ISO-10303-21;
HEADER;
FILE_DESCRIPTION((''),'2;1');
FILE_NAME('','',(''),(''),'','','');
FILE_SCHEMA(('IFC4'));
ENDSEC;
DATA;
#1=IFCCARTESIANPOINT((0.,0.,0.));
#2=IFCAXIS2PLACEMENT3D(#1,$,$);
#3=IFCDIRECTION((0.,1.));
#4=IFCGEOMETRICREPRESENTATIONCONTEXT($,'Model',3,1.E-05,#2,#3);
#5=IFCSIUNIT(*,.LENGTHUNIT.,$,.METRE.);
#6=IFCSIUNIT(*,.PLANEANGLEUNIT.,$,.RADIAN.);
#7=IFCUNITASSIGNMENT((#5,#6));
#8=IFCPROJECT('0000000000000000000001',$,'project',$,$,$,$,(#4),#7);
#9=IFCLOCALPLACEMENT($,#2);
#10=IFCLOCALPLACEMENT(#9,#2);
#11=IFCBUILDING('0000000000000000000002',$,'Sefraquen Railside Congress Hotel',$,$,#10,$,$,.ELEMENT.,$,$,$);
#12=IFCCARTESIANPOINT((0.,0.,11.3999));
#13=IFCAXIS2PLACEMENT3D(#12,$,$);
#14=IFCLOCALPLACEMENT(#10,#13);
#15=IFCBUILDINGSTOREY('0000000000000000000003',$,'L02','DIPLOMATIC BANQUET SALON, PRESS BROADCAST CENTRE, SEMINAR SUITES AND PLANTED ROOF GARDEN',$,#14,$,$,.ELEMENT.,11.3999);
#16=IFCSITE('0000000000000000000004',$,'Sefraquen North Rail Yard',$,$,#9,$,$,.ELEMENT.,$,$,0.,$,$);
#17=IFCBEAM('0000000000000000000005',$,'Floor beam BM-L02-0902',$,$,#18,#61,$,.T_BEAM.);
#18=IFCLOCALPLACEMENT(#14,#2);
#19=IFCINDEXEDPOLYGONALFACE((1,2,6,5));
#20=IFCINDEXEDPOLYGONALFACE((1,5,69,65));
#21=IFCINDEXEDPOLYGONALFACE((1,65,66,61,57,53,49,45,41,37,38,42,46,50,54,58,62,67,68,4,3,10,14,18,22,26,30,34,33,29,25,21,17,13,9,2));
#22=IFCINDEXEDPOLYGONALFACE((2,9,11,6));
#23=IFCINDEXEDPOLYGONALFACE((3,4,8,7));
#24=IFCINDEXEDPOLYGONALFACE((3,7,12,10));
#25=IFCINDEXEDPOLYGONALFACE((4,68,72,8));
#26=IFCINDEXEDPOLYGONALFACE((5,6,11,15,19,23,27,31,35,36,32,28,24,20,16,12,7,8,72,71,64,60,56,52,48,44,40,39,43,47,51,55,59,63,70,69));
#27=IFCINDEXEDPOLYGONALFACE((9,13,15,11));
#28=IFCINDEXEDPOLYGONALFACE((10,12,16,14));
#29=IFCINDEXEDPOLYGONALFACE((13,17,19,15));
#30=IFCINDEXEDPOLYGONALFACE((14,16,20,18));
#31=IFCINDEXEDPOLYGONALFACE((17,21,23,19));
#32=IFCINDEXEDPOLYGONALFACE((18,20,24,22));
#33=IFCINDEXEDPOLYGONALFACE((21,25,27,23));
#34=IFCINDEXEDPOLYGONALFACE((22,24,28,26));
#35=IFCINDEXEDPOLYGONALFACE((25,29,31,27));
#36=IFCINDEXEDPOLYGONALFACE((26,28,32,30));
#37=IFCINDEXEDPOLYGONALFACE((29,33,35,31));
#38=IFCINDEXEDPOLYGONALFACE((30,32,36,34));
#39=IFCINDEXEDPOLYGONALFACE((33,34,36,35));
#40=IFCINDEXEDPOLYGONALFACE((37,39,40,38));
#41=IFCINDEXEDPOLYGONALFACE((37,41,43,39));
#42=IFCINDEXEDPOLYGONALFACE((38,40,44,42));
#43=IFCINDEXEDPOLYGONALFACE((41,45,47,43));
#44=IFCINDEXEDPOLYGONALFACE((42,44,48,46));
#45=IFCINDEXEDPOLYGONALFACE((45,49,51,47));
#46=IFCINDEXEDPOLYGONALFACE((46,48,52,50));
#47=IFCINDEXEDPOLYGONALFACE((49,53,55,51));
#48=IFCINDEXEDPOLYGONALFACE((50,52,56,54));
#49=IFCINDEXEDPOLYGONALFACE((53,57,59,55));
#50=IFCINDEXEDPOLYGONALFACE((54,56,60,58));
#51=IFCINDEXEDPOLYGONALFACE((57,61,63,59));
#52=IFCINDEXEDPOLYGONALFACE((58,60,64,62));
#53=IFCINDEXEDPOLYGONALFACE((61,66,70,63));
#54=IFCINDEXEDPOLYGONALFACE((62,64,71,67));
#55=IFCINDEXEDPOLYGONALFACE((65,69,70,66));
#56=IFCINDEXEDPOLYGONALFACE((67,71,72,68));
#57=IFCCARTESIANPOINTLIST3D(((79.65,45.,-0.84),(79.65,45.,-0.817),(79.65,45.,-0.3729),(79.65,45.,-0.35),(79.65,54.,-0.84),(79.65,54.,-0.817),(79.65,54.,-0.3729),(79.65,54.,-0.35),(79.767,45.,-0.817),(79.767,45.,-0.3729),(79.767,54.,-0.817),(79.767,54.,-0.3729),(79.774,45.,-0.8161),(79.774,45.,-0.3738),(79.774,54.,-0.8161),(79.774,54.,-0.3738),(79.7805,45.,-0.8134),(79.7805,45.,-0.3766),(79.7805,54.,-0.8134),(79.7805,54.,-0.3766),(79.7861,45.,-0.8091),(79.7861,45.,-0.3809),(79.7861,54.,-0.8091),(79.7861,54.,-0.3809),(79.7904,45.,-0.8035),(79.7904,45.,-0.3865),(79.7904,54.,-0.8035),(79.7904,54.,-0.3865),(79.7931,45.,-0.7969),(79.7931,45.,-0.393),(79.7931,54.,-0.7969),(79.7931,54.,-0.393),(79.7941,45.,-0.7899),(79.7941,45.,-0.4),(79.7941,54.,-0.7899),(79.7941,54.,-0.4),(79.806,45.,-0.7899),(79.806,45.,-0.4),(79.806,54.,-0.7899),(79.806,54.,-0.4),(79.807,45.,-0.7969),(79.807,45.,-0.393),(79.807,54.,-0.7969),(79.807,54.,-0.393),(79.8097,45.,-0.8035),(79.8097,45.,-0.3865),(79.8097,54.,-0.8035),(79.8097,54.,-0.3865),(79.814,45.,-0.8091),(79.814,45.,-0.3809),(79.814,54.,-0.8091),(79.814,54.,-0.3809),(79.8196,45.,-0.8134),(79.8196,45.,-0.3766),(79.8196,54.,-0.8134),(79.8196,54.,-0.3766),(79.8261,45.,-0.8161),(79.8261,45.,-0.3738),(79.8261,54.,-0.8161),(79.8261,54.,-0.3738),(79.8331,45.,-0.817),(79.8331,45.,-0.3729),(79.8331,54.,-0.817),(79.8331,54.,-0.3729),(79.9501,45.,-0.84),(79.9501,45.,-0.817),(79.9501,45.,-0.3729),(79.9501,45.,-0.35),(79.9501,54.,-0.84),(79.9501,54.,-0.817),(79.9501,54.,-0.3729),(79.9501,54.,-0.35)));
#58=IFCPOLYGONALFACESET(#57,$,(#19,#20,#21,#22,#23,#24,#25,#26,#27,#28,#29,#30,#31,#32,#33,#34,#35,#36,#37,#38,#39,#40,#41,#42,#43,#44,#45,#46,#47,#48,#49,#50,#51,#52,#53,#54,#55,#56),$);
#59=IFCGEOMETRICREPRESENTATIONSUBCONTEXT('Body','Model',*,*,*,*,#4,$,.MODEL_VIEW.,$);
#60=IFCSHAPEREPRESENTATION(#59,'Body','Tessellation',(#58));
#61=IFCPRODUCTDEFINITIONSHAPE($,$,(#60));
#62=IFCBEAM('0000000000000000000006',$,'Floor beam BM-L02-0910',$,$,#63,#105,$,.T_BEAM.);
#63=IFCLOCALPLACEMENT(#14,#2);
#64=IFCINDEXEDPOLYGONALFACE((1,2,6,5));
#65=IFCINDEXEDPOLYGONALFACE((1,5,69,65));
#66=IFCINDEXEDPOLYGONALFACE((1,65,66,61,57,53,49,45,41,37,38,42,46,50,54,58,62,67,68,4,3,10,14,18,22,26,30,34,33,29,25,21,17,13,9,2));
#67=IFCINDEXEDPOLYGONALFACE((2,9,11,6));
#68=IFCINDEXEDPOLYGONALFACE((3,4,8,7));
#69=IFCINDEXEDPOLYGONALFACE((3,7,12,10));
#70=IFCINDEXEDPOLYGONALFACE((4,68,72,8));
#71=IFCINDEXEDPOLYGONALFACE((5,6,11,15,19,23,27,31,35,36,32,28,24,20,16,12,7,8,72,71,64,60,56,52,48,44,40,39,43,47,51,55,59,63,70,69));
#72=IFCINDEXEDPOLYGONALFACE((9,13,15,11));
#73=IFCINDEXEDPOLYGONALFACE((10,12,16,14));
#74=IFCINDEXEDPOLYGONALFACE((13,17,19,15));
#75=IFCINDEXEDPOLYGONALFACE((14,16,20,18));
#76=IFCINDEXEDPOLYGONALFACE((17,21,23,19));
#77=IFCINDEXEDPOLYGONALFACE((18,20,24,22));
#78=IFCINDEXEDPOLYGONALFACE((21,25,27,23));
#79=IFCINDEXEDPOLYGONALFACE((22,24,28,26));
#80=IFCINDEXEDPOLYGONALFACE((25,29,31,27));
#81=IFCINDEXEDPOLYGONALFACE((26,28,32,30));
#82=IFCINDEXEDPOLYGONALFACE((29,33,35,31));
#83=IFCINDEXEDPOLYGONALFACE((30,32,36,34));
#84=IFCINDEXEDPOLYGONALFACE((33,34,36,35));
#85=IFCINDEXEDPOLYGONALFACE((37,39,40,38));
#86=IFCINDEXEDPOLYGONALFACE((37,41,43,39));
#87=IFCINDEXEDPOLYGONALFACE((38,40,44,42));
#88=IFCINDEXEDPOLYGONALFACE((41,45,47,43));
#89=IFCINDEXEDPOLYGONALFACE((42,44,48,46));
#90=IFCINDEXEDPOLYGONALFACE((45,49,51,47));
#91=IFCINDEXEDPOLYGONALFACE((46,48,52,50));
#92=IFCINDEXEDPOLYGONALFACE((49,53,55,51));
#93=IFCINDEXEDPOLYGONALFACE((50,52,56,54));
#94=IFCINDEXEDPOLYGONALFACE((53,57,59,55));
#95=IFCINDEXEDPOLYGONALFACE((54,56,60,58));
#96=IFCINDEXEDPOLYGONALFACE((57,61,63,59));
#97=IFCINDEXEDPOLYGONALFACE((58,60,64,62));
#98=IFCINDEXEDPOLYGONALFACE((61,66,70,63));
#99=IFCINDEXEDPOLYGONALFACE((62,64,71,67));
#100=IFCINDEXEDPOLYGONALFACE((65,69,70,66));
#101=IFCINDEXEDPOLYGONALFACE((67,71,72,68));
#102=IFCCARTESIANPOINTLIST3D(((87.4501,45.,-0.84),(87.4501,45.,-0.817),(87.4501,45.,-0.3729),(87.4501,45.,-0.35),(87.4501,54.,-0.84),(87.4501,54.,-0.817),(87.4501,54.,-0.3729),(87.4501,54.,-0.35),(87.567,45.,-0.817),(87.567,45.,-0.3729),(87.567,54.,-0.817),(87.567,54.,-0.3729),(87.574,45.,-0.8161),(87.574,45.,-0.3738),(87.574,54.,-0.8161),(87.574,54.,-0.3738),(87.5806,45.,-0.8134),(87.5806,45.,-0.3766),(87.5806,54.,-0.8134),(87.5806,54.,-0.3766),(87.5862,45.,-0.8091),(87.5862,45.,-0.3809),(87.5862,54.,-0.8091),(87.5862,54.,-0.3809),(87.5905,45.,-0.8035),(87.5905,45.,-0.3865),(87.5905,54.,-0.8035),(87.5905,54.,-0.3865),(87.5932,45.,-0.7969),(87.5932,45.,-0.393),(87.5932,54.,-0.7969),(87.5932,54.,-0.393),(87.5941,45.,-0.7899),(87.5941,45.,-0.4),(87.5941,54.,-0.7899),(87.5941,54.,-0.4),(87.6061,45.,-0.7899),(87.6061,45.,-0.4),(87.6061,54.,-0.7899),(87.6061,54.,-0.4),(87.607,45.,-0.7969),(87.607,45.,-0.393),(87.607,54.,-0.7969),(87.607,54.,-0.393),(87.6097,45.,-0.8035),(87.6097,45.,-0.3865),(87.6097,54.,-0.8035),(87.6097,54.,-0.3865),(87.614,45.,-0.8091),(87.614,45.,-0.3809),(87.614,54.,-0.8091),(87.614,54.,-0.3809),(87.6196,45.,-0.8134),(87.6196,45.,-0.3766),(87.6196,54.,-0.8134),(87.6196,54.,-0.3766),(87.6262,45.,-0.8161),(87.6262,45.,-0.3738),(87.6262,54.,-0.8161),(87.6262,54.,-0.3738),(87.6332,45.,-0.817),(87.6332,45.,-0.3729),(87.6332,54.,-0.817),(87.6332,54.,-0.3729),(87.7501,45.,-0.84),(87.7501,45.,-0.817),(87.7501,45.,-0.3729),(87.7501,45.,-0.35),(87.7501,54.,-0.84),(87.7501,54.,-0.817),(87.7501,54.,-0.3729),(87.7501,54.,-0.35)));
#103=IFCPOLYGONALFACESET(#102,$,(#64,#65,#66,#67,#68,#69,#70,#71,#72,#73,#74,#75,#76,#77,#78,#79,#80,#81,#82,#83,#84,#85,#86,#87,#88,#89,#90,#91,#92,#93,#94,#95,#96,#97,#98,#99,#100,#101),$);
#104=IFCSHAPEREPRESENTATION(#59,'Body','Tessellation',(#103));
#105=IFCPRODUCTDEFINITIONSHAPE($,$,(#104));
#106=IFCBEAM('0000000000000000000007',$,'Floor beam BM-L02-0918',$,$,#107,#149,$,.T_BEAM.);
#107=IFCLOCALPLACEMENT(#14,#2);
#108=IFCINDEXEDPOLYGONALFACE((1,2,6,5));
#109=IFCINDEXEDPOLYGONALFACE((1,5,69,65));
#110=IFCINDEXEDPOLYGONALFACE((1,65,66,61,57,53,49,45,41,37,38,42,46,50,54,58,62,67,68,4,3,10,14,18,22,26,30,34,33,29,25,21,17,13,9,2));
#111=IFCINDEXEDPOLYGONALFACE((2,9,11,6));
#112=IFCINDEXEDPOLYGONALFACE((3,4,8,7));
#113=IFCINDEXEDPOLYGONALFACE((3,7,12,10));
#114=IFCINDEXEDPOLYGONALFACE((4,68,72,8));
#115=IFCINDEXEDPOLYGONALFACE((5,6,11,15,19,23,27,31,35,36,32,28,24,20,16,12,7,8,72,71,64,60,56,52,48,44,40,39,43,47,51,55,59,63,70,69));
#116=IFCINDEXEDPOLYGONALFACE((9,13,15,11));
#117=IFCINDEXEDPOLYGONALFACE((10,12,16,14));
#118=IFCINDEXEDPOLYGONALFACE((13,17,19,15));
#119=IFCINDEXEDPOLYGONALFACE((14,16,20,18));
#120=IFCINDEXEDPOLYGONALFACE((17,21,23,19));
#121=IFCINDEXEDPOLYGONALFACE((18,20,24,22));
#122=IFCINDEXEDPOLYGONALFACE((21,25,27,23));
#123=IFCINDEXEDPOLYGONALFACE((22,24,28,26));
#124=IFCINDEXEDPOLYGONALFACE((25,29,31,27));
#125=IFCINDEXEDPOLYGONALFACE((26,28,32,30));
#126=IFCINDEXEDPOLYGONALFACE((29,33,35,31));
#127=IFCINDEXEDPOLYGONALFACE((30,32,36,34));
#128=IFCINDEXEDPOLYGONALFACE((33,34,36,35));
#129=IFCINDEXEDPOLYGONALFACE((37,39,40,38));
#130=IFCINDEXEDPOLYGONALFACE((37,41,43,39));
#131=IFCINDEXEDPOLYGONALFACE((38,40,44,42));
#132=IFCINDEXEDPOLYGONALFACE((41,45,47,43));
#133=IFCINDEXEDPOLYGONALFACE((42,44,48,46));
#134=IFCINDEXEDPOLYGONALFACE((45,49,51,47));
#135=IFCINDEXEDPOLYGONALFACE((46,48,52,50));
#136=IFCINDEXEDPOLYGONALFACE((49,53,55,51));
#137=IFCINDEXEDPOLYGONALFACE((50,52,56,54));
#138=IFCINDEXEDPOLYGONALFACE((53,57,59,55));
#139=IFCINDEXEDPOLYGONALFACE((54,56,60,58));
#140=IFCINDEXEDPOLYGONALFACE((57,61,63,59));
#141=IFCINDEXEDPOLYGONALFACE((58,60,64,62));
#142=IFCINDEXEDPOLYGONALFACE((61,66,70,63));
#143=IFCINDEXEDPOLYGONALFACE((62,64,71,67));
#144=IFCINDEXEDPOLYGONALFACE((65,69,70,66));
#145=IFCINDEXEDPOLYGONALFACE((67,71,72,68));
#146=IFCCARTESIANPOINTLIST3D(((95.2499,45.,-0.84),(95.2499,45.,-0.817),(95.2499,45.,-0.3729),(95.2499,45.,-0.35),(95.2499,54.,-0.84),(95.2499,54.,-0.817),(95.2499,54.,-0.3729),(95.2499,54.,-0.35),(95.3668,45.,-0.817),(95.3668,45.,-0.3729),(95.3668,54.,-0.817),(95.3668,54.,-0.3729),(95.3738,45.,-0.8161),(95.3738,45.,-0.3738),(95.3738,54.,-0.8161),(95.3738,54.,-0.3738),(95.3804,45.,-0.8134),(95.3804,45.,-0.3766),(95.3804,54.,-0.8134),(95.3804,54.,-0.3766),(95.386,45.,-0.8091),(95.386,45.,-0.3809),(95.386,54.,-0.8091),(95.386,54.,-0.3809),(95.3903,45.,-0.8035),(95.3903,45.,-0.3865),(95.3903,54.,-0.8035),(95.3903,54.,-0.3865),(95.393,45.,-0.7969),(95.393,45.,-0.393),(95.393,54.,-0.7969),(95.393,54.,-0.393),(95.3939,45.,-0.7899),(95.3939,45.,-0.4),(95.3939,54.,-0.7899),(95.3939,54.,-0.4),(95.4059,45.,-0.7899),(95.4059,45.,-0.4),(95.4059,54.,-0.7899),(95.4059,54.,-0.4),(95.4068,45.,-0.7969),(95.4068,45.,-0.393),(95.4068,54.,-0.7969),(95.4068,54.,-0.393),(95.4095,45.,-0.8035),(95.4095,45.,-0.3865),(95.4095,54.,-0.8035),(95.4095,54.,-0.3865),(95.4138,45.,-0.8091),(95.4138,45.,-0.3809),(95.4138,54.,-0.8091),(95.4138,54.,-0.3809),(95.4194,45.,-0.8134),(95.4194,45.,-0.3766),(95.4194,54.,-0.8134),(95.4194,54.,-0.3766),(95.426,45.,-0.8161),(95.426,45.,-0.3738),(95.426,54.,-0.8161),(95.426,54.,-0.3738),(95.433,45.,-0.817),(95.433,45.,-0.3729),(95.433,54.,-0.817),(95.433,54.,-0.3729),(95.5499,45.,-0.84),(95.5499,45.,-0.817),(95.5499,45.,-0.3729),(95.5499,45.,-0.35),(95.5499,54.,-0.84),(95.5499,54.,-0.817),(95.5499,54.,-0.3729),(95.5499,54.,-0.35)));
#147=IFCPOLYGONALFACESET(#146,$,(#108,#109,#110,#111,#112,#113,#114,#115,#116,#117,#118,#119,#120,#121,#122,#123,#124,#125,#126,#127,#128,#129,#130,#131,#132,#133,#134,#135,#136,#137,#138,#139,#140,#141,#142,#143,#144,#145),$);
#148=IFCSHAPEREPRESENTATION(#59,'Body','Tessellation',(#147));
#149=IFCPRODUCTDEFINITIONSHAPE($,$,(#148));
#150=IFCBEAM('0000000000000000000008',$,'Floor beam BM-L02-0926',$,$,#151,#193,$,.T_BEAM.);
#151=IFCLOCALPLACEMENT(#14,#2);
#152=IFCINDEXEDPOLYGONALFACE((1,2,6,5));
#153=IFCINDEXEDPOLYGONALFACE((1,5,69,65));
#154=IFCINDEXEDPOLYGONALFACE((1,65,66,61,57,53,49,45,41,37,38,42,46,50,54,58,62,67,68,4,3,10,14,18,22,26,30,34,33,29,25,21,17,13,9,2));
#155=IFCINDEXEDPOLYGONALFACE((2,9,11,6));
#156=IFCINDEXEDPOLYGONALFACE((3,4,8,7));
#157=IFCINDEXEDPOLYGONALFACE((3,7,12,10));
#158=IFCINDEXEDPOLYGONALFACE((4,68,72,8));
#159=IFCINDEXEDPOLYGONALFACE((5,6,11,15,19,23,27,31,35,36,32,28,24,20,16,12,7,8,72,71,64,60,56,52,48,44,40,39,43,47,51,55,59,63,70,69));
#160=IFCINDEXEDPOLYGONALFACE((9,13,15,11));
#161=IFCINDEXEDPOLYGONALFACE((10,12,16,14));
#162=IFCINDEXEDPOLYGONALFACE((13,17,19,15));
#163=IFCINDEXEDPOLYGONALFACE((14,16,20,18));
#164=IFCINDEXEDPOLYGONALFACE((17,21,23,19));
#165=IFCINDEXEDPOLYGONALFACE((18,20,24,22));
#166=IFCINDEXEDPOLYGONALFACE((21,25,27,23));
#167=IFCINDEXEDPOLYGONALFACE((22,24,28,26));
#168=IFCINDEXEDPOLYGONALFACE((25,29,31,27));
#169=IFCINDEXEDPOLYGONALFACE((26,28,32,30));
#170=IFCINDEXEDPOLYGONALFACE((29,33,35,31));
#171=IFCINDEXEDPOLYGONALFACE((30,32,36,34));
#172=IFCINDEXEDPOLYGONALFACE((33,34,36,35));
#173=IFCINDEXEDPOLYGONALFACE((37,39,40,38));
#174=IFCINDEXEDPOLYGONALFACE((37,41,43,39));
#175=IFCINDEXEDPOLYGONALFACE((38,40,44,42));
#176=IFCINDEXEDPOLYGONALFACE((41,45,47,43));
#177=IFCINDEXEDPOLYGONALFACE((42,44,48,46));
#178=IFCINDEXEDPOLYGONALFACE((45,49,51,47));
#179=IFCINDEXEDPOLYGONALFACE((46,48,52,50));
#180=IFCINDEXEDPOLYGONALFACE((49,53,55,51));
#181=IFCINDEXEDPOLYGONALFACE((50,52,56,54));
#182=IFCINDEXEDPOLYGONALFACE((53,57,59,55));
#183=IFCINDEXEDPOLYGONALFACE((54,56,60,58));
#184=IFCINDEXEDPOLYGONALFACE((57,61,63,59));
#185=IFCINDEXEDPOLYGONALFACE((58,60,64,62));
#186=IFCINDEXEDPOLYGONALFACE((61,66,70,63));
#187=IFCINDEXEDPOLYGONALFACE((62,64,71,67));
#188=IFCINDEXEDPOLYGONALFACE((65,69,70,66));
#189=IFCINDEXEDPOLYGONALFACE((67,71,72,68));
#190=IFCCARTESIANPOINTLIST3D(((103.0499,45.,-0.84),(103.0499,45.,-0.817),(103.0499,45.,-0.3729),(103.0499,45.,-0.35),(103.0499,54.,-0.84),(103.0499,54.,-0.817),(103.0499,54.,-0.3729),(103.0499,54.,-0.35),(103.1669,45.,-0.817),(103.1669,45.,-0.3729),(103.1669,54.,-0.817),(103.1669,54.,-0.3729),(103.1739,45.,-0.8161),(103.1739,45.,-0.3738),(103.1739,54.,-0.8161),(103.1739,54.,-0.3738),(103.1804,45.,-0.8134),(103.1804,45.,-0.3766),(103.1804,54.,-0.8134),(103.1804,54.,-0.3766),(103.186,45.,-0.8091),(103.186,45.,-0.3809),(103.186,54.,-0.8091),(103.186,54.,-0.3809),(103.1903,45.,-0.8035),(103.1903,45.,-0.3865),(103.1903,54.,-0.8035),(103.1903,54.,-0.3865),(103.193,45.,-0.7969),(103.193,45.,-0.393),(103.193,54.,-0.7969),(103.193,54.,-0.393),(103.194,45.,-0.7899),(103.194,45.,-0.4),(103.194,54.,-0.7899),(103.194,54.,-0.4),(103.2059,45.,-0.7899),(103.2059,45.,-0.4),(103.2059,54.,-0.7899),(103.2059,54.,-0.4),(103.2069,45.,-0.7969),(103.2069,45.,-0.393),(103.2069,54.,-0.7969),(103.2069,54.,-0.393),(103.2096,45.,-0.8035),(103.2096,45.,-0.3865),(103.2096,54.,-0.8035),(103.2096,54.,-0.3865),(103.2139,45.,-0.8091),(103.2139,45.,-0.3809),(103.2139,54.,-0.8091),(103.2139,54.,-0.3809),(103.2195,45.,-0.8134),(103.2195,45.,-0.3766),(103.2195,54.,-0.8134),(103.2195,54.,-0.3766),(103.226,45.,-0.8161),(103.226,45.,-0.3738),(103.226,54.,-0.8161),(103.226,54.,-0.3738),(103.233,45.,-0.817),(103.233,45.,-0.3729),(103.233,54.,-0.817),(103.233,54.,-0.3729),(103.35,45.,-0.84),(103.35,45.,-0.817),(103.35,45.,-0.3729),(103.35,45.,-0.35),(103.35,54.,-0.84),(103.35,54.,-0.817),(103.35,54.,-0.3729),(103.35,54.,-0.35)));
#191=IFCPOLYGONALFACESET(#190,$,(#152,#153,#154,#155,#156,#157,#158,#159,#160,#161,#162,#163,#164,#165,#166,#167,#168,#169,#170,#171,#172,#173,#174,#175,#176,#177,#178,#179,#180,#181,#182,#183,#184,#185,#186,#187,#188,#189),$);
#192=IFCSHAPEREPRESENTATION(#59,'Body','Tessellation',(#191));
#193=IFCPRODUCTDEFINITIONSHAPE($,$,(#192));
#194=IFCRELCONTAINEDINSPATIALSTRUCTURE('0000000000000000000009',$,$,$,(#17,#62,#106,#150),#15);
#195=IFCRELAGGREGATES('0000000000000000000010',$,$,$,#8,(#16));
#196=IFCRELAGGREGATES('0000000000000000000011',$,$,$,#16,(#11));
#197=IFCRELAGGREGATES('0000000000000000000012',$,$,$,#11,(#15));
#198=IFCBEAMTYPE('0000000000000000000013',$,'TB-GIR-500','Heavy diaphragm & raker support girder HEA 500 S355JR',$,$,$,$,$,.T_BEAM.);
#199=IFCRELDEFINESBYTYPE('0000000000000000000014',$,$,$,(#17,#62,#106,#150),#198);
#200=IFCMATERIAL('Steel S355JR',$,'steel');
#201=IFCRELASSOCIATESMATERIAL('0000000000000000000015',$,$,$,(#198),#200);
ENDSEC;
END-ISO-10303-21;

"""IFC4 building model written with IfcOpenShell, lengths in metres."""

from ifc_helpers import new_model, si_unit, direction, frame, origin, origin_2d, place, context, subcontext, project, spatial, i_section, extrude, material, material_profile, profile_set, type_object, element, save


model = new_model("IFC4")

# Units and contexts
model_context = context("Model", 3, precision=1e-05, world=origin(), true_north=direction((0.0, 1.0)))
body_context = subcontext(model_context, "Body", "Model", "MODEL_VIEW")
ifc_project = project(units=[si_unit("LENGTHUNIT", "METRE"), si_unit("PLANEANGLEUNIT", "RADIAN")], contexts=[model_context])

# Site, building, storey
site_placement = place(None, origin())
site = spatial("IfcSite", under=ifc_project, at=site_placement, Name="Sefraquen North Rail Yard", CompositionType="ELEMENT", RefElevation=0.0)
building_placement = place(site_placement, origin())
building = spatial("IfcBuilding", under=site, at=building_placement, Name="Sefraquen Railside Congress Hotel", CompositionType="ELEMENT")
storey_placement = place(building_placement, frame((0.0, 0.0, 11.3999)))
storey = spatial("IfcBuildingStorey", under=building, at=storey_placement, Name="L02", Description="DIPLOMATIC BANQUET SALON, PRESS BROADCAST CENTRE, SEMINAR SUITES AND PLANTED ROOF GARDEN", CompositionType="ELEMENT", Elevation=11.3999)

# Shared definitions
ifc_material_1 = material(Name="Steel S355JR", Category="steel")

# Beams
ifc_material_profile_1 = material_profile(ifc_material_1, i_section(OverallWidth=0.3, OverallDepth=0.49, WebThickness=0.012, FlangeThickness=0.0229, FilletRadius=0.0271, at=origin_2d()), Name="HEA 500")
ifc_profile_set_1 = profile_set([ifc_material_profile_1], Name="Steel S355JR")
beam_type_1 = type_object("IfcBeamType", Name="TB-GIR-500", Description="Heavy diaphragm & raker support girder HEA 500 S355JR", PredefinedType="T_BEAM", material=ifc_profile_set_1)
for number, where, z_axis, x_axis, name in (
    (1, (79.8, 45.0, -0.595), (0.0, 1.0, 0.0), (-1.0, 0.0, 0.0), "Floor beam BM-L02-0902"),
    (2, (87.6001, 45.0, -0.595), (0.0, 1.0, 0.0), (-1.0, 0.0, 0.0), "Floor beam BM-L02-0910"),
    (3, (95.3999, 45.0, -0.595), (0.0, 1.0, 0.0), (-1.0, 0.0, 0.0), "Floor beam BM-L02-0918"),
    (4, (103.2, 45.0, -0.595), (0.0, 1.0, 0.0), (-1.0, 0.0, 0.0), "Floor beam BM-L02-0926"),
):
    element("IfcBeam", number, at=place(storey_placement, frame(where, z_axis=z_axis, x_axis=x_axis)), inside=storey, type_object=beam_type_1, Name=name, PredefinedType="T_BEAM", context=body_context, shape_type="SweptSolid", body=[
        extrude(i_section(OverallWidth=0.3, OverallDepth=0.49, WebThickness=0.012, FlangeThickness=0.0229, FilletRadius=0.0271, at=origin_2d()), origin(), (0.0, 0.0, 1.0), 9.0),
    ])

save(model, "model.ifc")
